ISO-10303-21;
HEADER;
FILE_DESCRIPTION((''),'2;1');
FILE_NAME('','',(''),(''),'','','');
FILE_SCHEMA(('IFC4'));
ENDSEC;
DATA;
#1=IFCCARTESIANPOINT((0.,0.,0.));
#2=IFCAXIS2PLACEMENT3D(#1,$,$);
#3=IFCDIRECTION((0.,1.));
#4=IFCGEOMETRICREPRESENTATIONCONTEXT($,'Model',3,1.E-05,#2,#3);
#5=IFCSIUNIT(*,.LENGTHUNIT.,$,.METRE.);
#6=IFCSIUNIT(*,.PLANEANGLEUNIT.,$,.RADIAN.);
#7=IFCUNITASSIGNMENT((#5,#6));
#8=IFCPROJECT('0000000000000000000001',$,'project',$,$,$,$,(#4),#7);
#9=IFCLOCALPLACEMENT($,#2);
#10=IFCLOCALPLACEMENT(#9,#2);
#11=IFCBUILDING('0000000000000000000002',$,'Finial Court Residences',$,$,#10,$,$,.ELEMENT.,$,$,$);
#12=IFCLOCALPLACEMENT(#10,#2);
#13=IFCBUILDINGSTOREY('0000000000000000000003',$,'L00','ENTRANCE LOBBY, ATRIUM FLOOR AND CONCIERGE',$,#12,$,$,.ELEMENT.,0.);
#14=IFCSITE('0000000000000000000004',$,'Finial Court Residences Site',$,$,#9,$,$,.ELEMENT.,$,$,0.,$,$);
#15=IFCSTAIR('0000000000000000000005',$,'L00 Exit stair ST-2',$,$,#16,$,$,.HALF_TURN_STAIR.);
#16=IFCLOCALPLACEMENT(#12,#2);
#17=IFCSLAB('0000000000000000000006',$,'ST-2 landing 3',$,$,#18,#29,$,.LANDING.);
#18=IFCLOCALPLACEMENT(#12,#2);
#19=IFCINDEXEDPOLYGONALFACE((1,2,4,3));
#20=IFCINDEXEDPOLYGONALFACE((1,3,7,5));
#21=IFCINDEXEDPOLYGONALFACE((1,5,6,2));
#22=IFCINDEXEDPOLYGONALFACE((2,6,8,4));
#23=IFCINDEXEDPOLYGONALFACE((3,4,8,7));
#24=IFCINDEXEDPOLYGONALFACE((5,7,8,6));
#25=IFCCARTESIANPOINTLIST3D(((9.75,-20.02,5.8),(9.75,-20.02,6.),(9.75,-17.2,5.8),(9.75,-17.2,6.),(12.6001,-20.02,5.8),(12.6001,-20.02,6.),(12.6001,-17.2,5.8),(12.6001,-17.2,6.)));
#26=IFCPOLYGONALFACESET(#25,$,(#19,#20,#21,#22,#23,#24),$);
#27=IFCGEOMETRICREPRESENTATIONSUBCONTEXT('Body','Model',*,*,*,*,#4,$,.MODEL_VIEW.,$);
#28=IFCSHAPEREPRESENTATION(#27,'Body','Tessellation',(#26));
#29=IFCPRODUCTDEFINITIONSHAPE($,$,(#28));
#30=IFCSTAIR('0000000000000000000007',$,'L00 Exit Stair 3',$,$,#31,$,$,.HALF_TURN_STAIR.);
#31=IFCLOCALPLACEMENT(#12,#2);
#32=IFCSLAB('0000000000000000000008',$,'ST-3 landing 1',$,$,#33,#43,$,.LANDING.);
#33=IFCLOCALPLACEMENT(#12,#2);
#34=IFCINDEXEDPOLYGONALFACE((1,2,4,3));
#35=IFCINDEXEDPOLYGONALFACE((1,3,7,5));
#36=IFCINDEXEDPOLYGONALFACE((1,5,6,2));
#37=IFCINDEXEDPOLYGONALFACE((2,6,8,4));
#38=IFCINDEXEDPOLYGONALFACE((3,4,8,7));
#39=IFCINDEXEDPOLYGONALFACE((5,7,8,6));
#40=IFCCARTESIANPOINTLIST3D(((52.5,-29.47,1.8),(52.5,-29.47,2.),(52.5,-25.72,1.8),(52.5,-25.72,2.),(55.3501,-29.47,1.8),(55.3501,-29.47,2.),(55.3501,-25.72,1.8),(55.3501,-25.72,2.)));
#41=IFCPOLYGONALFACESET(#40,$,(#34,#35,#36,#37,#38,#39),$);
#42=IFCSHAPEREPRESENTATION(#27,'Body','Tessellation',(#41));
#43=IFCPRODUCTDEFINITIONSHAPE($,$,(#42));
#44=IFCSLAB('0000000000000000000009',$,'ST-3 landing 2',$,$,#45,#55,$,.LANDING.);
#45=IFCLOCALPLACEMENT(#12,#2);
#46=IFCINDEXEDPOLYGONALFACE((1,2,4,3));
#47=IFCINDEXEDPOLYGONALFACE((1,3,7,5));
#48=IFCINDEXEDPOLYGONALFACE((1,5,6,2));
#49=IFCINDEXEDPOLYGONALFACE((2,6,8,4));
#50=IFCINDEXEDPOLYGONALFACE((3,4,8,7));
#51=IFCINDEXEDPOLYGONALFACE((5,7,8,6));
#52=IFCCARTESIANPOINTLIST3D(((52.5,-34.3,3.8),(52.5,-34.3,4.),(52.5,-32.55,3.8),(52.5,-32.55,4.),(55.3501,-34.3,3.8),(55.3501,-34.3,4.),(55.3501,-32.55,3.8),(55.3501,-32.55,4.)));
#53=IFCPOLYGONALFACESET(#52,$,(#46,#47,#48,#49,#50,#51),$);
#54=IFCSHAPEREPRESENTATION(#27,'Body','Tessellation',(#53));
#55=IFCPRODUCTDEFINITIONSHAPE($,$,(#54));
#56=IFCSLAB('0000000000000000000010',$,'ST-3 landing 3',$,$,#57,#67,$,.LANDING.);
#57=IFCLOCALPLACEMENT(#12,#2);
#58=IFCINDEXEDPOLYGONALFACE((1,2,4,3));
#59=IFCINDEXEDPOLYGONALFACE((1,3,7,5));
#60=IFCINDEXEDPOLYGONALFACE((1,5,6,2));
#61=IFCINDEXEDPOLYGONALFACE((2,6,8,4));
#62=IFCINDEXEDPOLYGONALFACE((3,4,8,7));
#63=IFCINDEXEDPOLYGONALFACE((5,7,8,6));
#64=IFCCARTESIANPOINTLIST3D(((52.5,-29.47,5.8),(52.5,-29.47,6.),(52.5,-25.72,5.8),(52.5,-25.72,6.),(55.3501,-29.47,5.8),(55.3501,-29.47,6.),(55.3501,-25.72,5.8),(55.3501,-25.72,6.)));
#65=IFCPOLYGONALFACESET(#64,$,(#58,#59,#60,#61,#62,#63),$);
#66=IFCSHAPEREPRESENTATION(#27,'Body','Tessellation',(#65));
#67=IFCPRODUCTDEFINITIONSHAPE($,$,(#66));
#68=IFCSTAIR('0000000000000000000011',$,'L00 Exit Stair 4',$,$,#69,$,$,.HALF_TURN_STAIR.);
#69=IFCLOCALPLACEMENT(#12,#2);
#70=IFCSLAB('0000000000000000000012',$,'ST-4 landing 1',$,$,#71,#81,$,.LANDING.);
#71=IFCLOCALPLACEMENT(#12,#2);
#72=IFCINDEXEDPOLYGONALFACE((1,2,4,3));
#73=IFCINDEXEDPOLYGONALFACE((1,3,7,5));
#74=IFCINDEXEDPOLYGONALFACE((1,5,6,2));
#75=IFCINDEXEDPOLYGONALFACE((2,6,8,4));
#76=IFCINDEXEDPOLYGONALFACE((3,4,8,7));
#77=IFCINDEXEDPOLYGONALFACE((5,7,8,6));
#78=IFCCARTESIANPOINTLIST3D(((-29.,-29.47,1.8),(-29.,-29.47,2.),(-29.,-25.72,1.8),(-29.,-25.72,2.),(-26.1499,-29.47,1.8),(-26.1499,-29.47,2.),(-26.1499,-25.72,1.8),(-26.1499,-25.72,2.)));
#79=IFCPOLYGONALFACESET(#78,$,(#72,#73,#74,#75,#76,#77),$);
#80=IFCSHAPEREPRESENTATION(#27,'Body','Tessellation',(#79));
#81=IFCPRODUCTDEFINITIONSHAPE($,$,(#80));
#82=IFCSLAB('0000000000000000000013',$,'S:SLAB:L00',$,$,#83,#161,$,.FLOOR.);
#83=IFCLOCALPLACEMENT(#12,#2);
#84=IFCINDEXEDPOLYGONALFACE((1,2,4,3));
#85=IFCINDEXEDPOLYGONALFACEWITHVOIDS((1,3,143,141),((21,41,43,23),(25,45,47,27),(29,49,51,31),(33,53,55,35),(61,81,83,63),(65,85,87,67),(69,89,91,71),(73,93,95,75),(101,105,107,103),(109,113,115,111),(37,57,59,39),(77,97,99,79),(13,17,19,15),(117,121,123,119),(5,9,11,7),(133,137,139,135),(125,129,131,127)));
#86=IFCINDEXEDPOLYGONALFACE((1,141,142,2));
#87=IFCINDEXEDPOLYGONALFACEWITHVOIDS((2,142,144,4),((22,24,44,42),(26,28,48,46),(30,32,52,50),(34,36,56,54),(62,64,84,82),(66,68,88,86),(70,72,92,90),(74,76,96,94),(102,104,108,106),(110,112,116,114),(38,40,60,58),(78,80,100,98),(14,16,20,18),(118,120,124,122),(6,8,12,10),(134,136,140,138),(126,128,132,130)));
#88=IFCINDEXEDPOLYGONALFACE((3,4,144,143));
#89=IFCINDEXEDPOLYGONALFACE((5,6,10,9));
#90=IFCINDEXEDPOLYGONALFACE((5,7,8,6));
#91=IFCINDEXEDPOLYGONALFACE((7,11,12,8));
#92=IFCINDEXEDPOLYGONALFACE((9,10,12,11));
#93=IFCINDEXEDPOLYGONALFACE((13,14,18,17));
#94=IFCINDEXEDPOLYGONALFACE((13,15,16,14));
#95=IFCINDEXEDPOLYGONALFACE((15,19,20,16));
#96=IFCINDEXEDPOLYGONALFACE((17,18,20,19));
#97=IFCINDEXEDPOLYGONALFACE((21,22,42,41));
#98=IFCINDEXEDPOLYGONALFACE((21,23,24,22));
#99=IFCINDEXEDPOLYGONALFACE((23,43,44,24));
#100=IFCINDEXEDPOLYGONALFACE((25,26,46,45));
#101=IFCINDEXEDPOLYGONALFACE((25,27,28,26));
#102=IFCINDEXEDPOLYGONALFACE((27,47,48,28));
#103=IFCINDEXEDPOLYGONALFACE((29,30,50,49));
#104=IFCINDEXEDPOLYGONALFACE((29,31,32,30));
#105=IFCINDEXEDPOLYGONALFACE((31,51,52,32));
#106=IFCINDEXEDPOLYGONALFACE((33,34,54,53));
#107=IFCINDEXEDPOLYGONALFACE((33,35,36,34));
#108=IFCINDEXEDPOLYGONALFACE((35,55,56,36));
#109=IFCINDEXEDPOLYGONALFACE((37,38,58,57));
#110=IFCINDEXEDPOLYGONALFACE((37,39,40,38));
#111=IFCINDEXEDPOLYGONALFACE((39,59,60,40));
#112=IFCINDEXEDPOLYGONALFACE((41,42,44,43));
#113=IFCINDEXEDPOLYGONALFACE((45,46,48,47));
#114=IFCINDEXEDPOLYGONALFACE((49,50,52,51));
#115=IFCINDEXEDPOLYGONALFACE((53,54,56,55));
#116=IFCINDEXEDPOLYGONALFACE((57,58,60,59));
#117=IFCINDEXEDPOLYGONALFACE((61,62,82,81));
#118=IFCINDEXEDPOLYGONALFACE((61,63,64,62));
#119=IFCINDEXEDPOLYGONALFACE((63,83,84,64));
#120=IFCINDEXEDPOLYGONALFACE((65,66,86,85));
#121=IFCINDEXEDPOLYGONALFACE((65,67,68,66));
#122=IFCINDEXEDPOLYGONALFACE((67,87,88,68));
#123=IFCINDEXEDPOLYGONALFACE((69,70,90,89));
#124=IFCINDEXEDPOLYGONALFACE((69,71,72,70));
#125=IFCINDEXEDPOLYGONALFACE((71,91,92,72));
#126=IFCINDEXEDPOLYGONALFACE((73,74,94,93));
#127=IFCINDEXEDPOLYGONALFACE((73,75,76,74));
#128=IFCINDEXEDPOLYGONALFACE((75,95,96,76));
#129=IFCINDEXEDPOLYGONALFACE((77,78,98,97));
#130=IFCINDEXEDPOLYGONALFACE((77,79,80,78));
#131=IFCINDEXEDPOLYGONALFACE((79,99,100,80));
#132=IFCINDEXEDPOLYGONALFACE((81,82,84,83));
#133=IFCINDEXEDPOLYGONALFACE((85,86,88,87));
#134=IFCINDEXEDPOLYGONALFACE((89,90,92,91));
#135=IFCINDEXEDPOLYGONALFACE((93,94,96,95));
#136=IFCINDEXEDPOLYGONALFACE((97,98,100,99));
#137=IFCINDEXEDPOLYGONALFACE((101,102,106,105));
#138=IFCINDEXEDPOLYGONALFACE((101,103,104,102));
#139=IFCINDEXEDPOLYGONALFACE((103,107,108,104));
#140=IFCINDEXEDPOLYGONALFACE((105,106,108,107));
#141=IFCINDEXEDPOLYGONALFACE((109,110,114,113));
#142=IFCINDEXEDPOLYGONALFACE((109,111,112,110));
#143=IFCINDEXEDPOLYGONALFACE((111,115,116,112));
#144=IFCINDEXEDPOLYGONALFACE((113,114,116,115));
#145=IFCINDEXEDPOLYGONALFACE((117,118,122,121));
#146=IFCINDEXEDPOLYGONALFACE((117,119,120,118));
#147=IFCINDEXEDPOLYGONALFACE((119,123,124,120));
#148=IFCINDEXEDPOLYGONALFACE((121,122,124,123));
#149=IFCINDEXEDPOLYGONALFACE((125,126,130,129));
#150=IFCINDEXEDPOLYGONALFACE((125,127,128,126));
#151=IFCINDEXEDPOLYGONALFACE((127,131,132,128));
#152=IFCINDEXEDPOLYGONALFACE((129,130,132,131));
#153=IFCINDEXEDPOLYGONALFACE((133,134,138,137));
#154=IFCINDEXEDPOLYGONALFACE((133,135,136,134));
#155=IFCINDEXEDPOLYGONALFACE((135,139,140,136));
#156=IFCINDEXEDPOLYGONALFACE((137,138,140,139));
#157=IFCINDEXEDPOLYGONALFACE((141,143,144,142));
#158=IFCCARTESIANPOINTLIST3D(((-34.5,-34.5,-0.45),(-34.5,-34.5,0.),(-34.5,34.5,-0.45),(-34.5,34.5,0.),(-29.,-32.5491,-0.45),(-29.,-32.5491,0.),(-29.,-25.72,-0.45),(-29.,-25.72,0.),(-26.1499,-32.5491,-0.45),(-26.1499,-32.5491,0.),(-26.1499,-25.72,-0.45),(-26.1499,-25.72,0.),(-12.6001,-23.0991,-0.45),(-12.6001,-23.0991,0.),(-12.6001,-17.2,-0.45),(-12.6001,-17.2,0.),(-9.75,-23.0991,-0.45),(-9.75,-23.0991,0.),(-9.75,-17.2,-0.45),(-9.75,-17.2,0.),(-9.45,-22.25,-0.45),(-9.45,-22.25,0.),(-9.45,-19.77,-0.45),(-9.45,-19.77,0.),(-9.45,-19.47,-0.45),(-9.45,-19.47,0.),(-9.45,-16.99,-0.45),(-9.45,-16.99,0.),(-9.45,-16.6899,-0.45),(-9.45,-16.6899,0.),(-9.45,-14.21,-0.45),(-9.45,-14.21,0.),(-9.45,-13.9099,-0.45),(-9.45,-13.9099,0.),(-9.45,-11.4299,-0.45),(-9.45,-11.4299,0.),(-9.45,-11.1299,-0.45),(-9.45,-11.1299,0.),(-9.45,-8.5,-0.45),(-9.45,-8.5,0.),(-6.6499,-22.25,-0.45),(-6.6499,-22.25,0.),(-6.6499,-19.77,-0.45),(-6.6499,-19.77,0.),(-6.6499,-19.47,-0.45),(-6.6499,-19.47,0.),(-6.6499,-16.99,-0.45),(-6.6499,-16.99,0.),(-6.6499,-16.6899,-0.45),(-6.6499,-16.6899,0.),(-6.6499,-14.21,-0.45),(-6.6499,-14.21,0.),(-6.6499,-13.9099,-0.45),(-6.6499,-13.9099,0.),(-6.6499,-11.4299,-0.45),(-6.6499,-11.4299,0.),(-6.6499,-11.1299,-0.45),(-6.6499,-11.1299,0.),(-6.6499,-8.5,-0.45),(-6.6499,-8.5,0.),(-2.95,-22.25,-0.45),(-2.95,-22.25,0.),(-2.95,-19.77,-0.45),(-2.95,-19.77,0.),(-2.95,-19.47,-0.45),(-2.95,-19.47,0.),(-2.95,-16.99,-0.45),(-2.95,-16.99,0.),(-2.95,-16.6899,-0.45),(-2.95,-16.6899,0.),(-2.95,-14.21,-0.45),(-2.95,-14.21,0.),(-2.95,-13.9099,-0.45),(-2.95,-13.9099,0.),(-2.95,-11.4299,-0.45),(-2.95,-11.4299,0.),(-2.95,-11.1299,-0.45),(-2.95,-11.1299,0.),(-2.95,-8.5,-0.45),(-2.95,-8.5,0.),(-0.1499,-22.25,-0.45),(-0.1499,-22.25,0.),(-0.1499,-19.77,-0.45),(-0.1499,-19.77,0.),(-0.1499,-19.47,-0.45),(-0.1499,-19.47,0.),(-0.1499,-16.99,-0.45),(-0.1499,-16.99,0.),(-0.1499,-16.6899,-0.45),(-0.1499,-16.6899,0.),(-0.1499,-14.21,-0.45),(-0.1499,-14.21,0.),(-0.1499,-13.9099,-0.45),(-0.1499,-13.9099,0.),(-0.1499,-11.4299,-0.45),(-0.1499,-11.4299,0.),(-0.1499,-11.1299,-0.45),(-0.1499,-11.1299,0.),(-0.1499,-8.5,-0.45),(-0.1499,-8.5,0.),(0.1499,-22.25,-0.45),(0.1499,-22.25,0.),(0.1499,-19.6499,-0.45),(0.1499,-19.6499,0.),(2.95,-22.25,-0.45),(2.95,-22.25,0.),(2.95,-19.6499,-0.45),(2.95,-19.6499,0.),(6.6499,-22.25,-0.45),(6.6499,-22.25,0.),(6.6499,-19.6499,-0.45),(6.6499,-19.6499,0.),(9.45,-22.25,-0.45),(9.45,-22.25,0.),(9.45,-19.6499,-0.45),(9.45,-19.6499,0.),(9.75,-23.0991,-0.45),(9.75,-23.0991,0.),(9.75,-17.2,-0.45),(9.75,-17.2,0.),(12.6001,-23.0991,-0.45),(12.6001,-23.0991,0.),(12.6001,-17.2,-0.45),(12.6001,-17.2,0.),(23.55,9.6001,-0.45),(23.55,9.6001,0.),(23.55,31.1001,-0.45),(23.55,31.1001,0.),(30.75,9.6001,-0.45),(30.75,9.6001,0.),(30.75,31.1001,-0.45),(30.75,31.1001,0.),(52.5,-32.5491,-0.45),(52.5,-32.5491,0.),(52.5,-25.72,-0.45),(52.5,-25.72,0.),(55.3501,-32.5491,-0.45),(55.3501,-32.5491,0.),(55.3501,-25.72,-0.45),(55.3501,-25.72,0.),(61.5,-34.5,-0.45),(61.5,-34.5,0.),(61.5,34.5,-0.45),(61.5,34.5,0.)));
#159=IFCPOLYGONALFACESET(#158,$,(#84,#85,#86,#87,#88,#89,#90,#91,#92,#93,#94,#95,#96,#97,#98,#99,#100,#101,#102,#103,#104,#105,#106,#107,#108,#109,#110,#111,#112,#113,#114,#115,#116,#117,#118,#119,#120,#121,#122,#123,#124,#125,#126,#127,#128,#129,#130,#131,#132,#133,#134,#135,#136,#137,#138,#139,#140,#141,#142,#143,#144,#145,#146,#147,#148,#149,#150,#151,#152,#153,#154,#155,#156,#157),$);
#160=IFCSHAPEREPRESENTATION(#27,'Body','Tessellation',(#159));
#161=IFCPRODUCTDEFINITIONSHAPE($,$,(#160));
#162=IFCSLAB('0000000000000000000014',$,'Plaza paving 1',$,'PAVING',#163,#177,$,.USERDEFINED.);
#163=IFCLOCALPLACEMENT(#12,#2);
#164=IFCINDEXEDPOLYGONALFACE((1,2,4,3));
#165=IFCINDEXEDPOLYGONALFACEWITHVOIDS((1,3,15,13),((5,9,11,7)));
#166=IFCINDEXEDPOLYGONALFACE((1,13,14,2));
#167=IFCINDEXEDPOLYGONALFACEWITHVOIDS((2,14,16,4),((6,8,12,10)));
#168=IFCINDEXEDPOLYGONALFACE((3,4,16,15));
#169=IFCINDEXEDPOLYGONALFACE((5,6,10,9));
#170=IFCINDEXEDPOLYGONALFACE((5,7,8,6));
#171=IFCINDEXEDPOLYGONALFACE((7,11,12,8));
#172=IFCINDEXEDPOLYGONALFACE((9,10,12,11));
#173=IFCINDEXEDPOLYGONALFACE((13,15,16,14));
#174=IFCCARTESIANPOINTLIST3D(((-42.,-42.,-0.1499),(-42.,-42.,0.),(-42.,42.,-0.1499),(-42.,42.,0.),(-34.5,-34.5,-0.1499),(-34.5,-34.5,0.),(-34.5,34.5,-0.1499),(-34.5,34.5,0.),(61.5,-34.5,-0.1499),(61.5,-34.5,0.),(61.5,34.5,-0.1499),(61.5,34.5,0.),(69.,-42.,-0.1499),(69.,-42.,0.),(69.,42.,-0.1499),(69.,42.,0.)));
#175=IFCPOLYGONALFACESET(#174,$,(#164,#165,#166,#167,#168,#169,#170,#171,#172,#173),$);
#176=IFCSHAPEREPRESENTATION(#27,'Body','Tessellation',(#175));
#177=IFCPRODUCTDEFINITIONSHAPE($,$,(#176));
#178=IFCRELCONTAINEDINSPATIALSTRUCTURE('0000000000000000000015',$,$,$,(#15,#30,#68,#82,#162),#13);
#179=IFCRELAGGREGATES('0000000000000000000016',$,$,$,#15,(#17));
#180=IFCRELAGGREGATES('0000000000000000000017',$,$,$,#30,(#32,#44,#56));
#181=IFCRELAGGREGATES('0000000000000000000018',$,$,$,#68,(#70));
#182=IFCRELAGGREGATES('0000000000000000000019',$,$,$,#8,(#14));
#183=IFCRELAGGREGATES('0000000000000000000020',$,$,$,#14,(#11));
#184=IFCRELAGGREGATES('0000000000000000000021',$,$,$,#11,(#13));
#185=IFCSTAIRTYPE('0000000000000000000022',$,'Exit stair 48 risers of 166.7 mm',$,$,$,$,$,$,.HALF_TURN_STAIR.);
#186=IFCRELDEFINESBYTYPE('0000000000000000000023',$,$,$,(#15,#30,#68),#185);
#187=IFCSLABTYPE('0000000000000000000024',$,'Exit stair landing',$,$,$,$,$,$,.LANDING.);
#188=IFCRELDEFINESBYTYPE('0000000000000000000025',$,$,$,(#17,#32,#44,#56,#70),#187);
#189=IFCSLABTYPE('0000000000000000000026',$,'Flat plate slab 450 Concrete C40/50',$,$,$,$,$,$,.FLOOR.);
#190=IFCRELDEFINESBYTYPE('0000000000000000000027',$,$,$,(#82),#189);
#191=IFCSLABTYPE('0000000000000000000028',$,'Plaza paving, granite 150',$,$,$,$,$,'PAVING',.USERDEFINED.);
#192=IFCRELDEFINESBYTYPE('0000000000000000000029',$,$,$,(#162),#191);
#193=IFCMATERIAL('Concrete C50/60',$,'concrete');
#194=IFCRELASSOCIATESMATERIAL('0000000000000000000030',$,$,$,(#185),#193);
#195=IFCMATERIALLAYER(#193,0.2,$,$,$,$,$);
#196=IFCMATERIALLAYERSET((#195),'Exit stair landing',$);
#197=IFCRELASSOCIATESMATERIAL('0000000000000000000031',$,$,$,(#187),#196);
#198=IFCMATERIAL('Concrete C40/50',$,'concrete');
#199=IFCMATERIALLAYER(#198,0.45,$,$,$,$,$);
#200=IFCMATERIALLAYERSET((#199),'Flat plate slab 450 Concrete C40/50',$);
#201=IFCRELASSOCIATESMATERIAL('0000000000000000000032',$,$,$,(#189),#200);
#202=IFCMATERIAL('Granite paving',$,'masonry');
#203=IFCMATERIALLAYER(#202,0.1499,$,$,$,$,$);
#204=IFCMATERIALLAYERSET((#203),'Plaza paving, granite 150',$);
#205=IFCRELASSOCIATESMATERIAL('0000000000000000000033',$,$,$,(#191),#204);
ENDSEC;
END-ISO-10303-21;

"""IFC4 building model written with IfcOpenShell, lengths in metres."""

from ifc_helpers import new_model, si_unit, direction, frame, origin, place, context, subcontext, project, spatial, polyline, outline, extrude, material, layer, layer_set, type_object, element, aggregate, save


model = new_model("IFC4")

# Units and contexts
model_context = context("Model", 3, precision=1e-05, world=origin(), true_north=direction((0.0, 1.0)))
body_context = subcontext(model_context, "Body", "Model", "MODEL_VIEW")
ifc_project = project(units=[si_unit("LENGTHUNIT", "METRE"), si_unit("PLANEANGLEUNIT", "RADIAN")], contexts=[model_context])

# Site, building, storey
site_placement = place(None, origin())
site = spatial("IfcSite", under=ifc_project, at=site_placement, Name="Finial Court Residences Site", CompositionType="ELEMENT", RefElevation=0.0)
building_placement = place(site_placement, origin())
building = spatial("IfcBuilding", under=site, at=building_placement, Name="Finial Court Residences", CompositionType="ELEMENT")
storey_placement = place(building_placement, origin())
storey = spatial("IfcBuildingStorey", under=building, at=storey_placement, Name="L00", Description="ENTRANCE LOBBY, ATRIUM FLOOR AND CONCIERGE", CompositionType="ELEMENT", Elevation=0.0)

# Stairs, slabs
ifc_material_1 = material(Name="Concrete C50/60", Category="concrete")
stair_type = type_object("IfcStairType", Name="Exit stair 48 risers of 166.7 mm", PredefinedType="HALF_TURN_STAIR", material=ifc_material_1)
ifc_layer_1 = layer(ifc_material_1, 0.2)
ifc_layer_set_1 = layer_set([ifc_layer_1], Name="Exit stair landing")
slab_type_1 = type_object("IfcSlabType", Name="Exit stair landing", PredefinedType="LANDING", material=ifc_layer_set_1)
stair_1_placement = place(storey_placement, origin())
stair_1 = element("IfcStair", 1, at=stair_1_placement, inside=storey, type_object=stair_type, Name="L00 Exit stair ST-2", PredefinedType="HALF_TURN_STAIR")
slab_1_placement = place(storey_placement, frame((0.0, 0.0, 5.8)))
slab_1 = element("IfcSlab", 2, at=slab_1_placement, type_object=slab_type_1, Name="ST-2 landing 3", PredefinedType="LANDING", context=body_context, shape_type="SweptSolid", body=[
    extrude(outline(polyline([(12.6001, -20.02), (12.6001, -17.2), (9.75, -17.2), (9.75, -20.02), (12.6001, -20.02)])), origin(), (0.0, 0.0, 1.0), 0.2),
])
aggregate(stair_1, [slab_1])
stair_2_placement = place(storey_placement, origin())
stair_2 = element("IfcStair", 3, at=stair_2_placement, inside=storey, type_object=stair_type, Name="L00 Exit Stair 3", PredefinedType="HALF_TURN_STAIR")
slab_2_placement = place(storey_placement, frame((0.0, 0.0, 1.8)))
slab_2 = element("IfcSlab", 4, at=slab_2_placement, type_object=slab_type_1, Name="ST-3 landing 1", PredefinedType="LANDING", context=body_context, shape_type="SweptSolid", body=[
    extrude(outline(polyline([(55.3501, -29.47), (55.3501, -25.72), (52.5, -25.72), (52.5, -29.47), (55.3501, -29.47)])), origin(), (0.0, 0.0, 1.0), 0.2),
])
slab_3_placement = place(storey_placement, frame((0.0, 0.0, 3.8)))
slab_3 = element("IfcSlab", 5, at=slab_3_placement, type_object=slab_type_1, Name="ST-3 landing 2", PredefinedType="LANDING", context=body_context, shape_type="SweptSolid", body=[
    extrude(outline(polyline([(55.3501, -34.3), (55.3501, -32.55), (52.5, -32.55), (52.5, -34.3), (55.3501, -34.3)])), origin(), (0.0, 0.0, 1.0), 0.2),
])
slab_4_placement = place(storey_placement, frame((0.0, 0.0, 5.8)))
slab_4 = element("IfcSlab", 6, at=slab_4_placement, type_object=slab_type_1, Name="ST-3 landing 3", PredefinedType="LANDING", context=body_context, shape_type="SweptSolid", body=[
    extrude(outline(polyline([(55.3501, -29.47), (55.3501, -25.72), (52.5, -25.72), (52.5, -29.47), (55.3501, -29.47)])), origin(), (0.0, 0.0, 1.0), 0.2),
])
aggregate(stair_2, [slab_2, slab_3, slab_4])

# Stair, slab
stair_3_placement = place(storey_placement, origin())
stair_3 = element("IfcStair", 7, at=stair_3_placement, inside=storey, type_object=stair_type, Name="L00 Exit Stair 4", PredefinedType="HALF_TURN_STAIR")
slab_5_placement = place(storey_placement, frame((0.0, 0.0, 1.8)))
slab_5 = element("IfcSlab", 8, at=slab_5_placement, type_object=slab_type_1, Name="ST-4 landing 1", PredefinedType="LANDING", context=body_context, shape_type="SweptSolid", body=[
    extrude(outline(polyline([(-26.1499, -29.47), (-26.1499, -25.72), (-29.0, -25.72), (-29.0, -29.47), (-26.1499, -29.47)])), origin(), (0.0, 0.0, 1.0), 0.2),
])
aggregate(stair_3, [slab_5])

# Slabs
ifc_material_2 = material(Name="Concrete C40/50", Category="concrete")
ifc_layer_2 = layer(ifc_material_2, 0.45)
ifc_layer_set_2 = layer_set([ifc_layer_2], Name="Flat plate slab 450 Concrete C40/50")
slab_type_2 = type_object("IfcSlabType", Name="Flat plate slab 450 Concrete C40/50", PredefinedType="FLOOR", material=ifc_layer_set_2)
slab_6_placement = place(storey_placement, frame((0.0, 0.0, -0.45)))
element("IfcSlab", 9, at=slab_6_placement, inside=storey, type_object=slab_type_2, Name="S:SLAB:L00", PredefinedType="FLOOR", context=body_context, shape_type="SweptSolid", body=[
    extrude(outline(polyline([(-34.5, -34.5), (-34.5, 34.5), (61.5, 34.5), (61.5, -34.5), (-34.5, -34.5)]), holes=[polyline([(-26.1499, -25.72), (-29.0, -25.72), (-29.0, -32.5491), (-26.1499, -32.5491), (-26.1499, -25.72)]), polyline([(-6.6499, -22.25), (-6.6499, -19.77), (-9.45, -19.77), (-9.45, -22.25), (-6.6499, -22.25)]), polyline([(-9.75, -17.2), (-12.6001, -17.2), (-12.6001, -23.0991), (-9.75, -23.0991), (-9.75, -17.2)]), polyline([(-6.6499, -19.47), (-6.6499, -16.99), (-9.45, -16.99), (-9.45, -19.47), (-6.6499, -19.47)]), polyline([(-0.1499, -19.47), (-0.1499, -16.99), (-2.95, -16.99), (-2.95, -19.47), (-0.1499, -19.47)]), polyline([(-6.6499, -16.6899), (-6.6499, -14.21), (-9.45, -14.21), (-9.45, -16.6899), (-6.6499, -16.6899)]), polyline([(-6.6499, -13.9099), (-6.6499, -11.4299), (-9.45, -11.4299), (-9.45, -13.9099), (-6.6499, -13.9099)]), polyline([(-6.6499, -11.1299), (-6.6499, -8.5), (-9.45, -8.5), (-9.45, -11.1299), (-6.6499, -11.1299)]), polyline([(-0.1499, -11.1299), (-0.1499, -8.5), (-2.95, -8.5), (-2.95, -11.1299), (-0.1499, -11.1299)]), polyline([(55.3501, -25.72), (52.5, -25.72), (52.5, -32.5491), (55.3501, -32.5491), (55.3501, -25.72)]), polyline([(-0.1499, -22.25), (-0.1499, -19.77), (-2.95, -19.77), (-2.95, -22.25), (-0.1499, -22.25)]), polyline([(2.95, -22.25), (2.95, -19.6499), (0.1499, -19.6499), (0.1499, -22.25), (2.95, -22.25)]), polyline([(9.45, -22.25), (9.45, -19.6499), (6.6499, -19.6499), (6.6499, -22.25), (9.45, -22.25)]), polyline([(12.6001, -17.2), (9.75, -17.2), (9.75, -23.0991), (12.6001, -23.0991), (12.6001, -17.2)]), polyline([(-0.1499, -16.6899), (-0.1499, -14.21), (-2.95, -14.21), (-2.95, -16.6899), (-0.1499, -16.6899)]), polyline([(-2.95, -13.9099), (-0.1499, -13.9099), (-0.1499, -11.4299), (-2.95, -11.4299), (-2.95, -13.9099)]), polyline([(30.75, 9.6001), (30.75, 31.1001), (23.55, 31.1001), (23.55, 9.6001), (30.75, 9.6001)])]), origin(), (0.0, 0.0, 1.0), 0.45),
])
ifc_material_3 = material(Name="Granite paving", Category="masonry")
ifc_layer_3 = layer(ifc_material_3, 0.1499)
ifc_layer_set_3 = layer_set([ifc_layer_3], Name="Plaza paving, granite 150")
slab_type_3 = type_object("IfcSlabType", Name="Plaza paving, granite 150", ElementType="PAVING", PredefinedType="USERDEFINED", material=ifc_layer_set_3)
slab_7_placement = place(storey_placement, frame((0.0, 0.0, -0.1499)))
element("IfcSlab", 10, at=slab_7_placement, inside=storey, type_object=slab_type_3, Name="Plaza paving 1", ObjectType="PAVING", PredefinedType="USERDEFINED", context=body_context, shape_type="SweptSolid", body=[
    extrude(outline(polyline([(69.0, 42.0), (69.0, -42.0), (-42.0, -42.0), (-42.0, 42.0), (69.0, 42.0)]), holes=[polyline([(61.5, 34.5), (-34.5, 34.5), (-34.5, -34.5), (61.5, -34.5), (61.5, 34.5)])]), origin(), (0.0, 0.0, 1.0), 0.1499),
])

save(model, "model.ifc")
